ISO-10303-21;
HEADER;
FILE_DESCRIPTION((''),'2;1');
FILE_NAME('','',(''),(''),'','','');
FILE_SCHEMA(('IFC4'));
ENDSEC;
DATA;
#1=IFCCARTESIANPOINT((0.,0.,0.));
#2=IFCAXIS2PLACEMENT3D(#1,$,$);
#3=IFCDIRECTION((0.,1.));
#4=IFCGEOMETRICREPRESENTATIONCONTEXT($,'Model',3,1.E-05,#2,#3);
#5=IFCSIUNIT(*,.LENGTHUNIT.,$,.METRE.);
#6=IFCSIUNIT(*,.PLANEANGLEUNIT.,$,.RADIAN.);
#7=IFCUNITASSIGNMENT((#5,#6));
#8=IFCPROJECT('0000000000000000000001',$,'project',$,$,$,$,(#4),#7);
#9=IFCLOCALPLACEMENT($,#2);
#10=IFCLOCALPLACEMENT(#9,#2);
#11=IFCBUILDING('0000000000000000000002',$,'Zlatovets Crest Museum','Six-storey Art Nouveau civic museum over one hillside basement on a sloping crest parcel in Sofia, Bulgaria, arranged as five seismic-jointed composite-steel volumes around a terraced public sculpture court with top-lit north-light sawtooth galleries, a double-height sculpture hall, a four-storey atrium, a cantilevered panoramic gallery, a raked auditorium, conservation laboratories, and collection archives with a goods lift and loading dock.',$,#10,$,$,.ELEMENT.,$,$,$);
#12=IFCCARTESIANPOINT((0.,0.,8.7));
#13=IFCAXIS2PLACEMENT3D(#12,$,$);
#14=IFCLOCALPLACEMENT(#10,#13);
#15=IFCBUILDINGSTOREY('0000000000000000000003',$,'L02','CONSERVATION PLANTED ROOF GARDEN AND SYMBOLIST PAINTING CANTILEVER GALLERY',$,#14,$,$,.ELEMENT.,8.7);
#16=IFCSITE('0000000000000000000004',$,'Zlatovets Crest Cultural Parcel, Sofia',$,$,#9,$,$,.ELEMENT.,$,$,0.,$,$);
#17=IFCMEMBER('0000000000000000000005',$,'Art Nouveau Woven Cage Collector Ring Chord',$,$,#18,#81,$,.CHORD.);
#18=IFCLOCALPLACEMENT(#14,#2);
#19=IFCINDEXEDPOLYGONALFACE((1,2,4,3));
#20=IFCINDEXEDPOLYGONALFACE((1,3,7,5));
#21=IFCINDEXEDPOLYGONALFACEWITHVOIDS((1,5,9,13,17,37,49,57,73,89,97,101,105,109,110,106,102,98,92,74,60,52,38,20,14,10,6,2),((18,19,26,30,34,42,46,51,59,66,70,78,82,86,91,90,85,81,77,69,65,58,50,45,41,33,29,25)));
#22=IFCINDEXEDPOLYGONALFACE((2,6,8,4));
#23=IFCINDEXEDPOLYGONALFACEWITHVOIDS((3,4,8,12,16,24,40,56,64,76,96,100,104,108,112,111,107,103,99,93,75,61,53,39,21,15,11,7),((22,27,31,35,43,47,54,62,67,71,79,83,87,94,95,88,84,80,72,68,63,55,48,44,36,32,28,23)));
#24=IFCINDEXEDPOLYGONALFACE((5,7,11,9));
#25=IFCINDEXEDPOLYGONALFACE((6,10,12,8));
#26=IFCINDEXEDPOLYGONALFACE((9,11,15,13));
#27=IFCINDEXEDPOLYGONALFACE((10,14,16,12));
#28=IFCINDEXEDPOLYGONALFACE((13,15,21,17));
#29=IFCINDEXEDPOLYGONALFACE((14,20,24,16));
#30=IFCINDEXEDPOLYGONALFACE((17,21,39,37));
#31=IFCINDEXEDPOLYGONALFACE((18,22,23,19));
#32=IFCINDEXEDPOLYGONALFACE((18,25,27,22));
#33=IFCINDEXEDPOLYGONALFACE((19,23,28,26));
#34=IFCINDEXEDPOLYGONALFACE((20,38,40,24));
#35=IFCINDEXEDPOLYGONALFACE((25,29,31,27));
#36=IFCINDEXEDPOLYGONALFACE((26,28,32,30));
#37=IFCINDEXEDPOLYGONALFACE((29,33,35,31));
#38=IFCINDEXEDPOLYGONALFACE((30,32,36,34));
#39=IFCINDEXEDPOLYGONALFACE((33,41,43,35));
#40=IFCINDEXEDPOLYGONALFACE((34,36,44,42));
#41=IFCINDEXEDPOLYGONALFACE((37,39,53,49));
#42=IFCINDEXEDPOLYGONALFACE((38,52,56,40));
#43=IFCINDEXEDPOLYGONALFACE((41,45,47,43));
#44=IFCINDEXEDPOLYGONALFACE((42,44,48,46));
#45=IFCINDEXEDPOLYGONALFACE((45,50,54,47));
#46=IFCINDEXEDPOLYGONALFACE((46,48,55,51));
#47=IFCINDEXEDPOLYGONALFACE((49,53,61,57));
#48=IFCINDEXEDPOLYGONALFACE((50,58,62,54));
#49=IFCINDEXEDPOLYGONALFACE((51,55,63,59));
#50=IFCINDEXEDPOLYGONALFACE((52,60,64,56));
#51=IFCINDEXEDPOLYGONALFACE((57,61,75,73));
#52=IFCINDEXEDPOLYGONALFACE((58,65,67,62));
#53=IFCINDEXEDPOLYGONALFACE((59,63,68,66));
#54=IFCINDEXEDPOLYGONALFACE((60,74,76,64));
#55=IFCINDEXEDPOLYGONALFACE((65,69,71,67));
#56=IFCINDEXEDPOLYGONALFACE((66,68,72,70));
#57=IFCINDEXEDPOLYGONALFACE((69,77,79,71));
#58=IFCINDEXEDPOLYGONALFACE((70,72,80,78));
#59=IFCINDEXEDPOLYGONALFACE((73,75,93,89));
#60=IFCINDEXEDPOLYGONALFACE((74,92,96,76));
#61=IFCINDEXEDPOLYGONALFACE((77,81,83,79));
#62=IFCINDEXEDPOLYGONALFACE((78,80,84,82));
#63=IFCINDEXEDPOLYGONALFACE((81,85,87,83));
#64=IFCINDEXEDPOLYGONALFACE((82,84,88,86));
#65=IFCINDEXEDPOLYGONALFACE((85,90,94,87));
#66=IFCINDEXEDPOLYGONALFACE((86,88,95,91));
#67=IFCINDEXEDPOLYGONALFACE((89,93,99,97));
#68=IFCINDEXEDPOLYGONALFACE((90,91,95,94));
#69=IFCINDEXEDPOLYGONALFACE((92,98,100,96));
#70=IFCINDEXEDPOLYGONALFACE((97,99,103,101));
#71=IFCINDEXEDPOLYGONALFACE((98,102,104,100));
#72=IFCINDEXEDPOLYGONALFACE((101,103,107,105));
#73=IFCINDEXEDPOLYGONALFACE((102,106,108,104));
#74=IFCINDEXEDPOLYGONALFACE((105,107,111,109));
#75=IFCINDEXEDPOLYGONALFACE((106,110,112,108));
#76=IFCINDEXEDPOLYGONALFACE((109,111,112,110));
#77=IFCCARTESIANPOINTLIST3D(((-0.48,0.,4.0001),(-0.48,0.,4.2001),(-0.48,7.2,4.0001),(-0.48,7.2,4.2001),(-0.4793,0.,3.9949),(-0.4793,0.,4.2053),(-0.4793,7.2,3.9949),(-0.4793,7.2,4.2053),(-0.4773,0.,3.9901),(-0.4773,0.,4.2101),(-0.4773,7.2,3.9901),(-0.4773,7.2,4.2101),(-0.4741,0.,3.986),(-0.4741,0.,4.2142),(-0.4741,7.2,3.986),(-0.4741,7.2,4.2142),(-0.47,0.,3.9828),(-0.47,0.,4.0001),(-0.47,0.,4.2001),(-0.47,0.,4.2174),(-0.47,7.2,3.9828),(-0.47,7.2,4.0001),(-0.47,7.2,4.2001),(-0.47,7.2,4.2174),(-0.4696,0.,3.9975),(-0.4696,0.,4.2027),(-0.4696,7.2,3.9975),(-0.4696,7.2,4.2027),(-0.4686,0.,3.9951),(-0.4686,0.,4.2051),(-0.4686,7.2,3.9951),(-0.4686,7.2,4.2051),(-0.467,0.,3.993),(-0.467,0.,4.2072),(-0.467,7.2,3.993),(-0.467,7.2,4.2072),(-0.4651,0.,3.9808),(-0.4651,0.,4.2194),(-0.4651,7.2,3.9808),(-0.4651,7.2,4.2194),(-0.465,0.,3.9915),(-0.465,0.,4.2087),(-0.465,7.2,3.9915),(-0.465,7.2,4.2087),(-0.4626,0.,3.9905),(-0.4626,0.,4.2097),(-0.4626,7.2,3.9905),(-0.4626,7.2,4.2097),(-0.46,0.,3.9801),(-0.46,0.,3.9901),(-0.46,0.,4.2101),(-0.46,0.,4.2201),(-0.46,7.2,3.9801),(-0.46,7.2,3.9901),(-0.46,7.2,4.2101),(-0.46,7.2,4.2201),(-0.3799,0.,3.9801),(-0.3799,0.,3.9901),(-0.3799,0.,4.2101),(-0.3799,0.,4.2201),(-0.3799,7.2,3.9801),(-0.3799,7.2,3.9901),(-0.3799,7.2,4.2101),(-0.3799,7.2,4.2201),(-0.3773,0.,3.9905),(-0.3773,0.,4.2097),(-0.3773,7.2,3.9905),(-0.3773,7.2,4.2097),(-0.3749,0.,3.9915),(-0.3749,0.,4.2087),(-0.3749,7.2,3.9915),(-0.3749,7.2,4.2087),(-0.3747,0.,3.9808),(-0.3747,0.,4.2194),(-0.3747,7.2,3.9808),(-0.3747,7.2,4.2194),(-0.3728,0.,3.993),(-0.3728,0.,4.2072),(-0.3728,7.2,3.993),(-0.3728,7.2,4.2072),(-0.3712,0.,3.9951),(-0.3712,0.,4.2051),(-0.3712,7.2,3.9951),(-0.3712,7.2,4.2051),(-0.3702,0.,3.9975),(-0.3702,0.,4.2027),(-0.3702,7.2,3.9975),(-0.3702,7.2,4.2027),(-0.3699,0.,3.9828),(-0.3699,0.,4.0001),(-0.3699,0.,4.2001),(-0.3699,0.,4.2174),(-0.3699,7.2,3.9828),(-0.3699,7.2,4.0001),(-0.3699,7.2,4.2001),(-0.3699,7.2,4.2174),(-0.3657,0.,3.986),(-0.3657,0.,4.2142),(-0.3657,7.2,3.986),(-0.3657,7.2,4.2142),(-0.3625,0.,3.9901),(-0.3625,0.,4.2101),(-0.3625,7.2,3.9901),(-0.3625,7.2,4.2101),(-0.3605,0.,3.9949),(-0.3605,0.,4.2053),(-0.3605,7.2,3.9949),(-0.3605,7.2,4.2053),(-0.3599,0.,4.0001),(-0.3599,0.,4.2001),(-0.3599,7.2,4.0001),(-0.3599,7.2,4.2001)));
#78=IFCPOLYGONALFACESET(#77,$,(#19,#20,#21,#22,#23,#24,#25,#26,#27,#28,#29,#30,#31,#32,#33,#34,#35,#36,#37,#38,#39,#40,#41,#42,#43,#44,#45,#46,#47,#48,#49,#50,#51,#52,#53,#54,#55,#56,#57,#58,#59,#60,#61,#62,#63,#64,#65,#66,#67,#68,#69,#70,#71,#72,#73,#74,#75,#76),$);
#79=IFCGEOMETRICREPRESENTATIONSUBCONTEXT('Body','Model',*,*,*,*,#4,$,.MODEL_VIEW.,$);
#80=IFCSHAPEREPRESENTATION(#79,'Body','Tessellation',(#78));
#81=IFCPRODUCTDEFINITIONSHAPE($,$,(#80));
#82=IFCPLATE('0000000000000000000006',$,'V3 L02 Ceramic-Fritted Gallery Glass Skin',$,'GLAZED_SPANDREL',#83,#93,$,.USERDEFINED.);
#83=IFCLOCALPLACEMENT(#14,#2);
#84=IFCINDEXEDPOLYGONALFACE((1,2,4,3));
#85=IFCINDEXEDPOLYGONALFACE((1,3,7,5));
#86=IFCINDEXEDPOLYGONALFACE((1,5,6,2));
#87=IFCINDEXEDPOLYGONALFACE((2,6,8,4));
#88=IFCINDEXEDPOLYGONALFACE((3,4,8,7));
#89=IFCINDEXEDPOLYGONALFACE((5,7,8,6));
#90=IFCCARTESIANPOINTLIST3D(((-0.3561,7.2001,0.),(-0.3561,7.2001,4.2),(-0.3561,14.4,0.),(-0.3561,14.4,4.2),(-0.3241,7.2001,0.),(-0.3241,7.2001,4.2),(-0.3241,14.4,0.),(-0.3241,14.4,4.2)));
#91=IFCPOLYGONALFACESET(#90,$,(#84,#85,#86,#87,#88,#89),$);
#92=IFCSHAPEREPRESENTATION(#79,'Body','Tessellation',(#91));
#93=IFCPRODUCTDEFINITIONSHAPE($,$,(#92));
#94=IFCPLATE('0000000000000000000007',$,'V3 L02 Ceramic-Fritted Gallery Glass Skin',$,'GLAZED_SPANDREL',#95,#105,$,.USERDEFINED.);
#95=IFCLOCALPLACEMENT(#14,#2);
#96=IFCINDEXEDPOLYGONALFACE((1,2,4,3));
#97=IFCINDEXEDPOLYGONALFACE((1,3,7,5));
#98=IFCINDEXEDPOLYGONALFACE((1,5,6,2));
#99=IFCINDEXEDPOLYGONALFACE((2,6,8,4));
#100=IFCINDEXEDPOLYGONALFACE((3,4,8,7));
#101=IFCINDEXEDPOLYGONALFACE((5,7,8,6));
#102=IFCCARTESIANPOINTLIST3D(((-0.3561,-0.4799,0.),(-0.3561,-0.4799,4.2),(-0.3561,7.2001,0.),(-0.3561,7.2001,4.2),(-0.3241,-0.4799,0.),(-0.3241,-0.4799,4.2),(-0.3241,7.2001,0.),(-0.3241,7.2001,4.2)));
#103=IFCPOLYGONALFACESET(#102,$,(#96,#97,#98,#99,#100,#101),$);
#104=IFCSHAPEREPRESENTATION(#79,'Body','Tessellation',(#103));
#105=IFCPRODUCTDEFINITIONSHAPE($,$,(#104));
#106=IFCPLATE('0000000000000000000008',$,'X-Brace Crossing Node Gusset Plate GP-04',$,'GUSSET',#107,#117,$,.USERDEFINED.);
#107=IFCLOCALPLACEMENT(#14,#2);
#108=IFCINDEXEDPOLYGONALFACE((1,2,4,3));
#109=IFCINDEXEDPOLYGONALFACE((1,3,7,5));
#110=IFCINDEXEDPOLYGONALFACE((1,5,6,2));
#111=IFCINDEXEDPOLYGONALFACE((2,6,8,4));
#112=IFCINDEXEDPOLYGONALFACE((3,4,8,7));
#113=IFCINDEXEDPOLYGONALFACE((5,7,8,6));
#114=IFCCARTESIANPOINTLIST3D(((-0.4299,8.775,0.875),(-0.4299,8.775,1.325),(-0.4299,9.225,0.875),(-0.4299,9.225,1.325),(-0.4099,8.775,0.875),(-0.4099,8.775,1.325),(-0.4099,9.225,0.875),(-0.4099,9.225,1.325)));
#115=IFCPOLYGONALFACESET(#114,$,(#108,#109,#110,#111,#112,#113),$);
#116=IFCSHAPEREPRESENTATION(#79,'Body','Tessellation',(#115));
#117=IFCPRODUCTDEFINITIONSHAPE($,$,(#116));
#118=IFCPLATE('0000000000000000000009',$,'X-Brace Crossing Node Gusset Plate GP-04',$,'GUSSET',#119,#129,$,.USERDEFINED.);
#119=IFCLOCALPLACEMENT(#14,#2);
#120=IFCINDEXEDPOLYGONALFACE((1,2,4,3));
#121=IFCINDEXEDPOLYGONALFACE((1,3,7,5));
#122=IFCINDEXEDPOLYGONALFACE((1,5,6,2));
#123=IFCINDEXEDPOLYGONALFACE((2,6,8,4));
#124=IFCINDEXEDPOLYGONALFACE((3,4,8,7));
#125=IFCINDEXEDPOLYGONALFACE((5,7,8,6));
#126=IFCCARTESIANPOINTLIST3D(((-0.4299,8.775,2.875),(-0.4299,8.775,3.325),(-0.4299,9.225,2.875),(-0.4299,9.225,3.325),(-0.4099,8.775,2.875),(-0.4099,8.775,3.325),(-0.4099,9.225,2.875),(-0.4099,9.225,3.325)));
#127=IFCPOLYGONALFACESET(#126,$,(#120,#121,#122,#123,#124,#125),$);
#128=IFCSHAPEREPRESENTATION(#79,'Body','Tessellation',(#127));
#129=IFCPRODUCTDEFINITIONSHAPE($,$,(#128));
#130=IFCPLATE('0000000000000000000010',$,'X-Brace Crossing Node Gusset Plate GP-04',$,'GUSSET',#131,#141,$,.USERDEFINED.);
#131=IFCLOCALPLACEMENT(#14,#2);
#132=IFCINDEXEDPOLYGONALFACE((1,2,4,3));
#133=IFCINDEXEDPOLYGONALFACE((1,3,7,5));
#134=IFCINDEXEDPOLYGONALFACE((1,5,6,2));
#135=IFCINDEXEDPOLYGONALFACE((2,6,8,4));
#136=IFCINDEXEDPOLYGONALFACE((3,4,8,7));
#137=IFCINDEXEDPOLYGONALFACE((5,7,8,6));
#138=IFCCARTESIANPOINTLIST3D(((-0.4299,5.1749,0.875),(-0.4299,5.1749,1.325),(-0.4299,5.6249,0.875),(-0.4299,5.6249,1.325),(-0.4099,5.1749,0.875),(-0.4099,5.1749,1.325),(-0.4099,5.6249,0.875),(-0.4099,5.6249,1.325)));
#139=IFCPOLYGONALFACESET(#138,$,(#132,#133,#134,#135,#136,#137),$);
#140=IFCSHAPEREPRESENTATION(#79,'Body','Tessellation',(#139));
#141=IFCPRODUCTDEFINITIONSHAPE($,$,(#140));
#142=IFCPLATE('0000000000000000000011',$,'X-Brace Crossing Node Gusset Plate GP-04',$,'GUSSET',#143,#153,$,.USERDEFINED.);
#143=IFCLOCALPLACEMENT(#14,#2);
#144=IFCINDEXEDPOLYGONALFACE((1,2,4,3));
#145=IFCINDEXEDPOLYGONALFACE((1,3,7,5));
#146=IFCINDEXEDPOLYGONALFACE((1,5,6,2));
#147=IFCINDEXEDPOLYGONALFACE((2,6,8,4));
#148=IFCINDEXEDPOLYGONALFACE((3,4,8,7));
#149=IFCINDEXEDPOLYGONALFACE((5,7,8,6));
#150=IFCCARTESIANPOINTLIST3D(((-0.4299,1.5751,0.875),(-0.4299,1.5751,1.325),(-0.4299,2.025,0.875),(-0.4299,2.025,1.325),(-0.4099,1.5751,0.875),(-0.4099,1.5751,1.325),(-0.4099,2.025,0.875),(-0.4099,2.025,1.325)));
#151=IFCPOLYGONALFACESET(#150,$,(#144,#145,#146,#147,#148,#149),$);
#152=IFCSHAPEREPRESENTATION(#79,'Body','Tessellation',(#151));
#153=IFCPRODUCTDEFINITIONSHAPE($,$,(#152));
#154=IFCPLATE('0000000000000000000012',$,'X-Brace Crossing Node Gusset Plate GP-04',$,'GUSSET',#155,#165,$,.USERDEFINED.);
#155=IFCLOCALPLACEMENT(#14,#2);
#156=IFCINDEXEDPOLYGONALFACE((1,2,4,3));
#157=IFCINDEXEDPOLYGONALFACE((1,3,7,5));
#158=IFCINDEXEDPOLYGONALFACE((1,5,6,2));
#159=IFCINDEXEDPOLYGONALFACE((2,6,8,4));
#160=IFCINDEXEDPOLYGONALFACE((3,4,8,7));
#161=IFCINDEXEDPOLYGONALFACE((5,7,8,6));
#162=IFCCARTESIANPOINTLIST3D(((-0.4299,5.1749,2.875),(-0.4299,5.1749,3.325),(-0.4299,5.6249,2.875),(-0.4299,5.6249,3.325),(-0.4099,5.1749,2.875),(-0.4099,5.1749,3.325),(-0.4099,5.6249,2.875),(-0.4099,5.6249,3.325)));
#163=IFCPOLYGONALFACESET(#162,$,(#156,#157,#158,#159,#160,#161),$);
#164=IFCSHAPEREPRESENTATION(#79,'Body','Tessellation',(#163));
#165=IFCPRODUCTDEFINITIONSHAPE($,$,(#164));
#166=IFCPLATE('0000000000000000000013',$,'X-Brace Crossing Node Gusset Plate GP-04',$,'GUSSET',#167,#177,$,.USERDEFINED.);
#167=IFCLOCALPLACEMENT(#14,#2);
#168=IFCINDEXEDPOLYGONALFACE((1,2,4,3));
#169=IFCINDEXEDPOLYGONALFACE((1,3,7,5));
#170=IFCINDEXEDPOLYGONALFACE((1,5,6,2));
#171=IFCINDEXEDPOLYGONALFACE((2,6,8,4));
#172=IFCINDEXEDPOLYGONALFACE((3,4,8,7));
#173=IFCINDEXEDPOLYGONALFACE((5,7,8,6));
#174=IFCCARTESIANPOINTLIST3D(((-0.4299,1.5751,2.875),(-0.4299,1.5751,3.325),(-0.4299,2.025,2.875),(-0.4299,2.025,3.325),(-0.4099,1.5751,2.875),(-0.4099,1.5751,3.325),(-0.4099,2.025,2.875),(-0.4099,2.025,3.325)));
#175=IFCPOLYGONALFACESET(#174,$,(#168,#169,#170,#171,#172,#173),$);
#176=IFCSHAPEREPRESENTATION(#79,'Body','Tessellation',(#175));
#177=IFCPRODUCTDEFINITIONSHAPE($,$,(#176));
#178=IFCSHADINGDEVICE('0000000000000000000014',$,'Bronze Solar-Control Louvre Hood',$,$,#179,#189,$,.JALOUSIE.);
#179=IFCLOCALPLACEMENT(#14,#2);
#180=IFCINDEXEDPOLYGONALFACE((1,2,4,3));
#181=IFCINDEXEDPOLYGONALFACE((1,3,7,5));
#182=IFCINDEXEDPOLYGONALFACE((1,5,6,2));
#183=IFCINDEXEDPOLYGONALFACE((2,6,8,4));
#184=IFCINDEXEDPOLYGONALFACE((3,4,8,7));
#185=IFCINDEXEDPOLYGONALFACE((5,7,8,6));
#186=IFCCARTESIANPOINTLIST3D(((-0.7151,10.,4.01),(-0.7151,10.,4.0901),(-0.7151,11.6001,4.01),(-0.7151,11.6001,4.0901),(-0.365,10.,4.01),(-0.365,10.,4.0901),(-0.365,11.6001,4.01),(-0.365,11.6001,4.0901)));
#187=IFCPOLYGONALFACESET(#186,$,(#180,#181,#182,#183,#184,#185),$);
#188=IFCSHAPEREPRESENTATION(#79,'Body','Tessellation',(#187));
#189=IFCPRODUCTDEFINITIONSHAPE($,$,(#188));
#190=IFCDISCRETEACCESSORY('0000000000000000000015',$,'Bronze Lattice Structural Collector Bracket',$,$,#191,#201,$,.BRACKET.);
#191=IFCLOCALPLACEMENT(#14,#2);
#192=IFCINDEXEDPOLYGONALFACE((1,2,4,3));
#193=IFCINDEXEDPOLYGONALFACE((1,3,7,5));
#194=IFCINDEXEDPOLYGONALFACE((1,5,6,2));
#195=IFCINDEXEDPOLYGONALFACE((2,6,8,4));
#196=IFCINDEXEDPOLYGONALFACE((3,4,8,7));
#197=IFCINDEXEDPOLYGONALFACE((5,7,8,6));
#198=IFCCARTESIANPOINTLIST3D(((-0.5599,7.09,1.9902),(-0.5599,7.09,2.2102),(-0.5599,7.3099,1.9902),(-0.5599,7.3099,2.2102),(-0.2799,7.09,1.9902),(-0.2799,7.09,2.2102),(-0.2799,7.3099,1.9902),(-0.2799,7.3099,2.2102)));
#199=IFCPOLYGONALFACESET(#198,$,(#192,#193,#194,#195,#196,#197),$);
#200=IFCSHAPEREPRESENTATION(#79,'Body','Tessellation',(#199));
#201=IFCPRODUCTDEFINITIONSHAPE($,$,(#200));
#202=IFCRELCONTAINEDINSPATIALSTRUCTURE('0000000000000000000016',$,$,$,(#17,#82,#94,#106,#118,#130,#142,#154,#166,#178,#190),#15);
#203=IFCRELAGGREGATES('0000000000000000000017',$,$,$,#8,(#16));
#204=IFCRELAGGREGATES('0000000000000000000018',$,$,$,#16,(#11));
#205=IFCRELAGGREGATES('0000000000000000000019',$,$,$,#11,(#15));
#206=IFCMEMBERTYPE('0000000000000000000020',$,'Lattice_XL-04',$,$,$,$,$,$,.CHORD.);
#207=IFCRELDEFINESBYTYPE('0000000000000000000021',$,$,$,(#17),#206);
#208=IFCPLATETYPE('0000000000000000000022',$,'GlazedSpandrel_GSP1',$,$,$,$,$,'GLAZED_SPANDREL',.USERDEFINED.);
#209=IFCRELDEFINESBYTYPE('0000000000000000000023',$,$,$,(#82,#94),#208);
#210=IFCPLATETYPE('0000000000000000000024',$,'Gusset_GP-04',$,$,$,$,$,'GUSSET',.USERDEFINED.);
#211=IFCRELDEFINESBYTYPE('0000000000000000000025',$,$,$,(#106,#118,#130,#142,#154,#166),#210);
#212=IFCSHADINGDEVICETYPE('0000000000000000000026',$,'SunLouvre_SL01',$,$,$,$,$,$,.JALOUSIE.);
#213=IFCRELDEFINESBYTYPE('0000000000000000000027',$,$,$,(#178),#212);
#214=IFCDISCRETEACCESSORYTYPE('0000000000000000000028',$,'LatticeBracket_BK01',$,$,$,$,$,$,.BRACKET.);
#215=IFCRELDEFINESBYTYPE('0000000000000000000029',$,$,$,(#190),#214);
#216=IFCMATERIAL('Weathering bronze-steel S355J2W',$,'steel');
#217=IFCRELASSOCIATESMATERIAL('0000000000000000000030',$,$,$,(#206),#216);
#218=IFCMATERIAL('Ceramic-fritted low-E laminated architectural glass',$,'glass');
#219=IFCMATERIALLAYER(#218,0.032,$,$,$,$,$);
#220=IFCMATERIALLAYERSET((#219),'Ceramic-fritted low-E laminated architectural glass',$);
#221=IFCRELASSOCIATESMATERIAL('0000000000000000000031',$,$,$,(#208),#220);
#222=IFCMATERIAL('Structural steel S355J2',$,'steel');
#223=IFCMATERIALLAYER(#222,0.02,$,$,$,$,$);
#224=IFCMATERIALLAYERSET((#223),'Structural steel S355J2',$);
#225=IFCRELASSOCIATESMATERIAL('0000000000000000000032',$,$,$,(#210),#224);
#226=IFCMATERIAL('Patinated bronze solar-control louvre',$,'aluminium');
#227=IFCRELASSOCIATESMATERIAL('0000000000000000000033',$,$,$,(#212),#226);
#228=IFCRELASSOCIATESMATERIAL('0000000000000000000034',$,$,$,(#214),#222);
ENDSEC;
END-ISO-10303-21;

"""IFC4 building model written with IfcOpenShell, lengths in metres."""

from ifc_helpers import new_model, si_unit, direction, frame, origin, origin_2d, place, context, subcontext, project, spatial, rectangle, hollow_rectangle, extrude, material, layer, layer_set, material_profile, profile_set, type_object, element, save


model = new_model("IFC4")

# Units and contexts
model_context = context("Model", 3, precision=1e-05, world=origin(), true_north=direction((0.0, 1.0)))
body_context = subcontext(model_context, "Body", "Model", "MODEL_VIEW")
ifc_project = project(units=[si_unit("LENGTHUNIT", "METRE"), si_unit("PLANEANGLEUNIT", "RADIAN")], contexts=[model_context])

# Site, building, storey
site_placement = place(None, origin())
site = spatial("IfcSite", under=ifc_project, at=site_placement, Name="Zlatovets Crest Cultural Parcel, Sofia", CompositionType="ELEMENT", RefElevation=0.0)
building_placement = place(site_placement, origin())
building = spatial("IfcBuilding", under=site, at=building_placement, Name="Zlatovets Crest Museum", Description="Six-storey Art Nouveau civic museum over one hillside basement on a sloping crest parcel in Sofia, Bulgaria, arranged as five seismic-jointed composite-steel volumes around a terraced public sculpture court with top-lit north-light sawtooth galleries, a double-height sculpture hall, a four-storey atrium, a cantilevered panoramic gallery, a raked auditorium, conservation laboratories, and collection archives with a goods lift and loading dock.", CompositionType="ELEMENT")
storey_placement = place(building_placement, frame((0.0, 0.0, 8.7)))
storey = spatial("IfcBuildingStorey", under=building, at=storey_placement, Name="L02", Description="CONSERVATION PLANTED ROOF GARDEN AND SYMBOLIST PAINTING CANTILEVER GALLERY", CompositionType="ELEMENT", Elevation=8.7)

# Shared definitions
ifc_material_1 = material(Name="Structural steel S355J2", Category="steel")

# Member
ifc_material_2 = material(Name="Weathering bronze-steel S355J2W", Category="steel")
ifc_material_profile_1 = material_profile(ifc_material_2, hollow_rectangle(XDim=0.1201, YDim=0.24, WallThickness=0.01, InnerFilletRadius=0.01, OuterFilletRadius=0.02, at=origin_2d()), Name="RHS 120x240x10.0")
ifc_profile_set_1 = profile_set([ifc_material_profile_1], Name="Weathering bronze-steel S355J2W")
member_type_1 = type_object("IfcMemberType", Name="Lattice_XL-04", PredefinedType="CHORD", material=ifc_profile_set_1)
member_1_placement = place(storey_placement, frame((-0.4199, 7.2, 4.1001), z_axis=(0.0, -1.0, 0.0), x_axis=(1.0, 0.0, 0.0)))
element("IfcMember", 1, at=member_1_placement, inside=storey, type_object=member_type_1, Name="Art Nouveau Woven Cage Collector Ring Chord", PredefinedType="CHORD", context=body_context, shape_type="SweptSolid", body=[
    extrude(hollow_rectangle(XDim=0.1201, YDim=0.24, WallThickness=0.01, InnerFilletRadius=0.01, OuterFilletRadius=0.02, at=origin_2d()), origin(), (0.0, 0.0, 1.0), 7.2),
])

# Plates
ifc_material_3 = material(Name="Ceramic-fritted low-E laminated architectural glass", Category="glass")
ifc_layer_1 = layer(ifc_material_3, 0.032)
ifc_layer_set_1 = layer_set([ifc_layer_1], Name="Ceramic-fritted low-E laminated architectural glass")
plate_type_1 = type_object("IfcPlateType", Name="GlazedSpandrel_GSP1", ElementType="GLAZED_SPANDREL", PredefinedType="USERDEFINED", material=ifc_layer_set_1)
plate_1_placement = place(storey_placement, frame((-0.3401, 10.8, 0.0), z_axis=(0.0, 0.0, 1.0), x_axis=(0.0, 1.0, 0.0)))
element("IfcPlate", 2, at=plate_1_placement, inside=storey, type_object=plate_type_1, Name="V3 L02 Ceramic-Fritted Gallery Glass Skin", ObjectType="GLAZED_SPANDREL", PredefinedType="USERDEFINED", context=body_context, shape_type="SweptSolid", body=[
    extrude(rectangle(XDim=7.2, YDim=0.032, at=origin_2d()), origin(), (0.0, 0.0, 1.0), 4.2),
])
plate_2_placement = place(storey_placement, frame((-0.3401, 3.3601, 0.0), z_axis=(0.0, 0.0, 1.0), x_axis=(0.0, 1.0, 0.0)))
element("IfcPlate", 3, at=plate_2_placement, inside=storey, type_object=plate_type_1, Name="V3 L02 Ceramic-Fritted Gallery Glass Skin", ObjectType="GLAZED_SPANDREL", PredefinedType="USERDEFINED", context=body_context, shape_type="SweptSolid", body=[
    extrude(rectangle(XDim=7.6799, YDim=0.032, at=origin_2d()), origin(), (0.0, 0.0, 1.0), 4.2),
])
ifc_layer_2 = layer(ifc_material_1, 0.02)
ifc_layer_set_2 = layer_set([ifc_layer_2], Name="Structural steel S355J2")
plate_type_2 = type_object("IfcPlateType", Name="Gusset_GP-04", ElementType="GUSSET", PredefinedType="USERDEFINED", material=ifc_layer_set_2)
for number, where, z_axis, x_axis, name in (
    (4, (-0.4199, 9.0, 0.875), (0.0, 0.0, 1.0), (1.0, 0.0, 0.0), "X-Brace Crossing Node Gusset Plate GP-04"),
    (5, (-0.4199, 9.0, 2.875), (0.0, 0.0, 1.0), (1.0, 0.0, 0.0), "X-Brace Crossing Node Gusset Plate GP-04"),
    (6, (-0.4199, 5.3999, 0.875), (0.0, 0.0, 1.0), (1.0, 0.0, 0.0), "X-Brace Crossing Node Gusset Plate GP-04"),
    (7, (-0.4199, 1.8, 0.875), (0.0, 0.0, 1.0), (1.0, 0.0, 0.0), "X-Brace Crossing Node Gusset Plate GP-04"),
    (8, (-0.4199, 5.3999, 2.875), (0.0, 0.0, 1.0), (1.0, 0.0, 0.0), "X-Brace Crossing Node Gusset Plate GP-04"),
    (9, (-0.4199, 1.8, 2.875), (0.0, 0.0, 1.0), (1.0, 0.0, 0.0), "X-Brace Crossing Node Gusset Plate GP-04"),
):
    element("IfcPlate", number, at=place(storey_placement, frame(where, z_axis=z_axis, x_axis=x_axis)), inside=storey, type_object=plate_type_2, Name=name, ObjectType="GUSSET", PredefinedType="USERDEFINED", context=body_context, shape_type="SweptSolid", body=[
        extrude(rectangle(XDim=0.02, YDim=0.45, at=origin_2d()), origin(), (0.0, 0.0, 1.0), 0.45),
    ])

# Shading device
ifc_material_4 = material(Name="Patinated bronze solar-control louvre", Category="aluminium")
shading_device_type = type_object("IfcShadingDeviceType", Name="SunLouvre_SL01", PredefinedType="JALOUSIE", material=ifc_material_4)
shading_device_placement = place(storey_placement, frame((-0.54, 10.8, 4.01), z_axis=(0.0, 0.0, 1.0), x_axis=(0.0, 1.0, 0.0)))
element("IfcShadingDevice", 10, at=shading_device_placement, inside=storey, type_object=shading_device_type, Name="Bronze Solar-Control Louvre Hood", PredefinedType="JALOUSIE", context=body_context, shape_type="SweptSolid", body=[
    extrude(rectangle(XDim=1.6001, YDim=0.3501, at=origin_2d()), origin(), (0.0, 0.0, 1.0), 0.0801),
])

# Discrete accessory
discrete_accessory_type = type_object("IfcDiscreteAccessoryType", Name="LatticeBracket_BK01", PredefinedType="BRACKET", material=ifc_material_1)
discrete_accessory_placement = place(storey_placement, frame((-0.4199, 7.2, 1.9902), z_axis=(0.0, 0.0, 1.0), x_axis=(1.0, 0.0, 0.0)))
element("IfcDiscreteAccessory", 11, at=discrete_accessory_placement, inside=storey, type_object=discrete_accessory_type, Name="Bronze Lattice Structural Collector Bracket", PredefinedType="BRACKET", context=body_context, shape_type="SweptSolid", body=[
    extrude(rectangle(XDim=0.28, YDim=0.22, at=origin_2d()), origin(), (0.0, 0.0, 1.0), 0.22),
])

save(model, "model.ifc")
